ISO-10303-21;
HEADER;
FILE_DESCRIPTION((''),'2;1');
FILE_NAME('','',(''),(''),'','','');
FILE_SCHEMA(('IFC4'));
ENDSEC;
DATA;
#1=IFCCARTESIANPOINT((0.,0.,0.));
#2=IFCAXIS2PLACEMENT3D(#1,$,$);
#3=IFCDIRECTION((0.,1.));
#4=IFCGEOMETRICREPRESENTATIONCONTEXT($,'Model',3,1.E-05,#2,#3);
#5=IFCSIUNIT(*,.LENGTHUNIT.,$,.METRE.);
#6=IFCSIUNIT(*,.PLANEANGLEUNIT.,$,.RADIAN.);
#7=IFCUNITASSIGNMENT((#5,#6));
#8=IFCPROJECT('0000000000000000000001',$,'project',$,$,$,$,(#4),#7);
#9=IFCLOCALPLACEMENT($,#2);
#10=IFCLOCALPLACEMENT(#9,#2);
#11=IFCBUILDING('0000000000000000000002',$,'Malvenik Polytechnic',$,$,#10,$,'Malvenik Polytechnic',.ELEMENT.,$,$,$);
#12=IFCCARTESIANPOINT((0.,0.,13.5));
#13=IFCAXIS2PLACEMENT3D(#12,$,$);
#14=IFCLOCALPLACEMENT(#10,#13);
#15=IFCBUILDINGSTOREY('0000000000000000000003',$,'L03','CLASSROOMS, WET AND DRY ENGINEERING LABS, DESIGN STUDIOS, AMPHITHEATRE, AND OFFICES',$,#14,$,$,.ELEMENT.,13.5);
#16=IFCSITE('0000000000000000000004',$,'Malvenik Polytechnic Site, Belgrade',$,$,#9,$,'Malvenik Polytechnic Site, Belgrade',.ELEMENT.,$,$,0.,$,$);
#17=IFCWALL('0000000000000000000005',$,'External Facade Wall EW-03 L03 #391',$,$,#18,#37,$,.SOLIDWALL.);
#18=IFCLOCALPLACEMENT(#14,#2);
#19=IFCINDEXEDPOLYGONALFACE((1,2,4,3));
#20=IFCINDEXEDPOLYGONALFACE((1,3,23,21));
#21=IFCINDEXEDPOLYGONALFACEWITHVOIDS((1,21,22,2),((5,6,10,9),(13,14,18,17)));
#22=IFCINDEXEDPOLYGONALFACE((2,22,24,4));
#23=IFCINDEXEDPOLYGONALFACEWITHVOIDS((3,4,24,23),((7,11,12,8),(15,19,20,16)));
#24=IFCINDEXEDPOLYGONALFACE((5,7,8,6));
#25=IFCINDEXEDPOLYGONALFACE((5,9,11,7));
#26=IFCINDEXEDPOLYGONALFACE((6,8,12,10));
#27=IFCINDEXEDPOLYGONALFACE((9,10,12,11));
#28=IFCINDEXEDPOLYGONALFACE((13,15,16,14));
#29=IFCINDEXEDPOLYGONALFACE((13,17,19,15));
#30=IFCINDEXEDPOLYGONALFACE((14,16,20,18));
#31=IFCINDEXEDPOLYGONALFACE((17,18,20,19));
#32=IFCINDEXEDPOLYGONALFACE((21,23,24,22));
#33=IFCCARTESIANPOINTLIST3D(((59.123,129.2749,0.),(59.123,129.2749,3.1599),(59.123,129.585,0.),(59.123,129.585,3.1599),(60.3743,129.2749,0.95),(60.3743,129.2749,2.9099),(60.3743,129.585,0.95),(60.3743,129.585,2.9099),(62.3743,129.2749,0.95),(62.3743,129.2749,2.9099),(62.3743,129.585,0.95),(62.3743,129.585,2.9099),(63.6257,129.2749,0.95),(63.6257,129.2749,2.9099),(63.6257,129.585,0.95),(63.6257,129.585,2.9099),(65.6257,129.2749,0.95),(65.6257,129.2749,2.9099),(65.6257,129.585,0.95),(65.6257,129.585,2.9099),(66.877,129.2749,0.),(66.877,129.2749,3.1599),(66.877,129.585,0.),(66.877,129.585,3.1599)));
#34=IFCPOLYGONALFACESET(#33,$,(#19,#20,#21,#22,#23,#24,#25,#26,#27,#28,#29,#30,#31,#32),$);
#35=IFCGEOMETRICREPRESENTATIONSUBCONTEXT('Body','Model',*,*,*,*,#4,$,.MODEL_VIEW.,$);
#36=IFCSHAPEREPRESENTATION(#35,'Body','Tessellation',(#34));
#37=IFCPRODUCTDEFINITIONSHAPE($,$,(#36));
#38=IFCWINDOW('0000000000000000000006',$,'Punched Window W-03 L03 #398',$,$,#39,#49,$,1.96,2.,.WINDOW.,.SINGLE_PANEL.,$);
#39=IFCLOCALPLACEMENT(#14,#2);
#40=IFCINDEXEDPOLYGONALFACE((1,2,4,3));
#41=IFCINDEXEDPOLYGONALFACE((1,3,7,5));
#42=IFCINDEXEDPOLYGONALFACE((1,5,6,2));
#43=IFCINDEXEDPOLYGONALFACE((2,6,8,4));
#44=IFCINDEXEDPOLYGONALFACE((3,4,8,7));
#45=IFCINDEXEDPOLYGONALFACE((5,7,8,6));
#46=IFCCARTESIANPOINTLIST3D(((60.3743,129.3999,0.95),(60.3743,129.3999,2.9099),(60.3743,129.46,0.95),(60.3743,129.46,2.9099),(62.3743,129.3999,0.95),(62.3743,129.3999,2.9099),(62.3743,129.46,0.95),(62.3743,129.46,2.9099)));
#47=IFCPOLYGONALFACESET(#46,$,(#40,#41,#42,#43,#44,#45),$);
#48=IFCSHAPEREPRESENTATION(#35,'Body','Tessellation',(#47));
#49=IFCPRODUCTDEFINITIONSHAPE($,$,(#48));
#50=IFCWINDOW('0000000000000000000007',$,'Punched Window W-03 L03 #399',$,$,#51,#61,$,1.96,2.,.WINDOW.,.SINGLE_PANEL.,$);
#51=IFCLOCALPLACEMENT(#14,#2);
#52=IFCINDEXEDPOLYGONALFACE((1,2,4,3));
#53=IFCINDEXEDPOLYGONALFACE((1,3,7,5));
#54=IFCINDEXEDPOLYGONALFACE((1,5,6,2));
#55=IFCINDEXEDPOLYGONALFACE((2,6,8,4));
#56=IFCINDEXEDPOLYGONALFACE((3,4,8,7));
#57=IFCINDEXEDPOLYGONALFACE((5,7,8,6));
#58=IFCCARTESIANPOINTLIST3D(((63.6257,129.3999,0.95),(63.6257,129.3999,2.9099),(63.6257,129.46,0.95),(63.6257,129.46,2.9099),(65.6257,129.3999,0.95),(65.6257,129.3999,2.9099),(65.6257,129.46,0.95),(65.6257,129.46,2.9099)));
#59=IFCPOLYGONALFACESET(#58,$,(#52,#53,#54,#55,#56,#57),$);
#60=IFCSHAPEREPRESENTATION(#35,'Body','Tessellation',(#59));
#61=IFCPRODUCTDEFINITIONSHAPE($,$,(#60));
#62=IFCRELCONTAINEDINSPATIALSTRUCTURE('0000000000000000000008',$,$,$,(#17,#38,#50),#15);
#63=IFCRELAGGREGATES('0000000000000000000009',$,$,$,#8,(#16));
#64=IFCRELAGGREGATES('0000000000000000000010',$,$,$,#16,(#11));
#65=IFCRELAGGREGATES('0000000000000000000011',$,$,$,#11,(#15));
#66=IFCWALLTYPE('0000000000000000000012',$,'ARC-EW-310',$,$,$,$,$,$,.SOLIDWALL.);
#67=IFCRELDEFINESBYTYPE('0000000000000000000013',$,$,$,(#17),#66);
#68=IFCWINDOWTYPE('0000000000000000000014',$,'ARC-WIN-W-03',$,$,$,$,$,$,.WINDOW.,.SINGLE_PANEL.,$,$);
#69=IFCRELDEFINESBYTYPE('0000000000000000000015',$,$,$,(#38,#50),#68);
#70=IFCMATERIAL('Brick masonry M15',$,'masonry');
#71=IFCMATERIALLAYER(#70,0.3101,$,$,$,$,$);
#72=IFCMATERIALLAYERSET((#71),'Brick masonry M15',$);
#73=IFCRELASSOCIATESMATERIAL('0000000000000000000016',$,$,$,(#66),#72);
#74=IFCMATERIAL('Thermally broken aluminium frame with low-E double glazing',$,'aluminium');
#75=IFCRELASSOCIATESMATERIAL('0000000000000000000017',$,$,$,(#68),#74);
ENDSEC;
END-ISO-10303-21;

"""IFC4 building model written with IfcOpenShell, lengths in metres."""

from ifc_helpers import new_model, si_unit, direction, frame, frame_2d, origin, place, context, subcontext, project, spatial, rectangle, extrude, material, layer, layer_set, type_object, element, fill, save


model = new_model("IFC4")

# Units and contexts
model_context = context("Model", 3, precision=1e-05, world=origin(), true_north=direction((0.0, 1.0)))
body_context = subcontext(model_context, "Body", "Model", "MODEL_VIEW")
ifc_project = project(units=[si_unit("LENGTHUNIT", "METRE"), si_unit("PLANEANGLEUNIT", "RADIAN")], contexts=[model_context])

# Site, building, storey
site_placement = place(None, origin())
site = spatial("IfcSite", under=ifc_project, at=site_placement, Name="Malvenik Polytechnic Site, Belgrade", LongName="Malvenik Polytechnic Site, Belgrade", CompositionType="ELEMENT", RefElevation=0.0)
building_placement = place(site_placement, origin())
building = spatial("IfcBuilding", under=site, at=building_placement, Name="Malvenik Polytechnic", LongName="Malvenik Polytechnic", CompositionType="ELEMENT")
storey_placement = place(building_placement, frame((0.0, 0.0, 13.5)))
storey = spatial("IfcBuildingStorey", under=building, at=storey_placement, Name="L03", Description="CLASSROOMS, WET AND DRY ENGINEERING LABS, DESIGN STUDIOS, AMPHITHEATRE, AND OFFICES", CompositionType="ELEMENT", Elevation=13.5)

# Wall, openings, windows
ifc_material_1 = material(Name="Brick masonry M15", Category="masonry")
ifc_layer_1 = layer(ifc_material_1, 0.3101)
ifc_layer_set_1 = layer_set([ifc_layer_1], Name="Brick masonry M15")
wall_type_1 = type_object("IfcWallType", Name="ARC-EW-310", PredefinedType="SOLIDWALL", material=ifc_layer_set_1)
wall_1_placement = place(storey_placement, frame((59.123, 129.4299, 0.0), z_axis=(0.0, 0.0, 1.0), x_axis=(1.0, 0.0, 0.0)))
wall_1 = element("IfcWall", 1, at=wall_1_placement, inside=storey, type_object=wall_type_1, Name="External Facade Wall EW-03 L03 #391", PredefinedType="SOLIDWALL", context=body_context, shape_type="SweptSolid", body=[
    extrude(rectangle(XDim=7.7539, YDim=0.3101, at=frame_2d((3.877, 0.0))), origin(), (0.0, 0.0, 1.0), 3.1599),
])
opening_1_placement = place(wall_1_placement, frame((1.2512, 0.0, 0.95)))
opening_1 = element("IfcOpeningElement", 2, at=opening_1_placement, cuts=wall_1, PredefinedType="OPENING", context=body_context, shape_type="SweptSolid", body=[
    extrude(rectangle(XDim=2.0, YDim=1.96, at=frame_2d((1.0, 0.98))), frame((0.0, 0.165, 0.0), z_axis=(0.0, -1.0, 0.0), x_axis=(1.0, 0.0, 0.0)), (0.0, 0.0, 1.0), 0.3301),
])
opening_2_placement = place(wall_1_placement, frame((4.5027, 0.0, 0.95)))
opening_2 = element("IfcOpeningElement", 3, at=opening_2_placement, cuts=wall_1, PredefinedType="OPENING", context=body_context, shape_type="SweptSolid", body=[
    extrude(rectangle(XDim=2.0, YDim=1.96, at=frame_2d((1.0, 0.98))), frame((0.0, 0.165, 0.0), z_axis=(0.0, -1.0, 0.0), x_axis=(1.0, 0.0, 0.0)), (0.0, 0.0, 1.0), 0.3301),
])
ifc_material_2 = material(Name="Thermally broken aluminium frame with low-E double glazing", Category="aluminium")
window_type = type_object("IfcWindowType", Name="ARC-WIN-W-03", PartitioningType="SINGLE_PANEL", PredefinedType="WINDOW", material=ifc_material_2)
window_1_placement = place(opening_1_placement, origin())
window_1 = element("IfcWindow", 4, at=window_1_placement, inside=storey, type_object=window_type, Name="Punched Window W-03 L03 #398", OverallHeight=1.96, OverallWidth=2.0, PartitioningType="SINGLE_PANEL", PredefinedType="WINDOW", context=body_context, shape_type="SweptSolid", body=[
    extrude(rectangle(XDim=2.0, YDim=1.96, at=frame_2d((1.0, 0.98))), frame((0.0, 0.03, 0.0), z_axis=(0.0, -1.0, 0.0), x_axis=(1.0, 0.0, 0.0)), (0.0, 0.0, 1.0), 0.0601),
])
fill(opening_1, window_1)
window_2_placement = place(opening_2_placement, origin())
window_2 = element("IfcWindow", 5, at=window_2_placement, inside=storey, type_object=window_type, Name="Punched Window W-03 L03 #399", OverallHeight=1.96, OverallWidth=2.0, PartitioningType="SINGLE_PANEL", PredefinedType="WINDOW", context=body_context, shape_type="SweptSolid", body=[
    extrude(rectangle(XDim=2.0, YDim=1.96, at=frame_2d((1.0, 0.98))), frame((0.0, 0.03, 0.0), z_axis=(0.0, -1.0, 0.0), x_axis=(1.0, 0.0, 0.0)), (0.0, 0.0, 1.0), 0.0601),
])
fill(opening_2, window_2)

save(model, "model.ifc")
